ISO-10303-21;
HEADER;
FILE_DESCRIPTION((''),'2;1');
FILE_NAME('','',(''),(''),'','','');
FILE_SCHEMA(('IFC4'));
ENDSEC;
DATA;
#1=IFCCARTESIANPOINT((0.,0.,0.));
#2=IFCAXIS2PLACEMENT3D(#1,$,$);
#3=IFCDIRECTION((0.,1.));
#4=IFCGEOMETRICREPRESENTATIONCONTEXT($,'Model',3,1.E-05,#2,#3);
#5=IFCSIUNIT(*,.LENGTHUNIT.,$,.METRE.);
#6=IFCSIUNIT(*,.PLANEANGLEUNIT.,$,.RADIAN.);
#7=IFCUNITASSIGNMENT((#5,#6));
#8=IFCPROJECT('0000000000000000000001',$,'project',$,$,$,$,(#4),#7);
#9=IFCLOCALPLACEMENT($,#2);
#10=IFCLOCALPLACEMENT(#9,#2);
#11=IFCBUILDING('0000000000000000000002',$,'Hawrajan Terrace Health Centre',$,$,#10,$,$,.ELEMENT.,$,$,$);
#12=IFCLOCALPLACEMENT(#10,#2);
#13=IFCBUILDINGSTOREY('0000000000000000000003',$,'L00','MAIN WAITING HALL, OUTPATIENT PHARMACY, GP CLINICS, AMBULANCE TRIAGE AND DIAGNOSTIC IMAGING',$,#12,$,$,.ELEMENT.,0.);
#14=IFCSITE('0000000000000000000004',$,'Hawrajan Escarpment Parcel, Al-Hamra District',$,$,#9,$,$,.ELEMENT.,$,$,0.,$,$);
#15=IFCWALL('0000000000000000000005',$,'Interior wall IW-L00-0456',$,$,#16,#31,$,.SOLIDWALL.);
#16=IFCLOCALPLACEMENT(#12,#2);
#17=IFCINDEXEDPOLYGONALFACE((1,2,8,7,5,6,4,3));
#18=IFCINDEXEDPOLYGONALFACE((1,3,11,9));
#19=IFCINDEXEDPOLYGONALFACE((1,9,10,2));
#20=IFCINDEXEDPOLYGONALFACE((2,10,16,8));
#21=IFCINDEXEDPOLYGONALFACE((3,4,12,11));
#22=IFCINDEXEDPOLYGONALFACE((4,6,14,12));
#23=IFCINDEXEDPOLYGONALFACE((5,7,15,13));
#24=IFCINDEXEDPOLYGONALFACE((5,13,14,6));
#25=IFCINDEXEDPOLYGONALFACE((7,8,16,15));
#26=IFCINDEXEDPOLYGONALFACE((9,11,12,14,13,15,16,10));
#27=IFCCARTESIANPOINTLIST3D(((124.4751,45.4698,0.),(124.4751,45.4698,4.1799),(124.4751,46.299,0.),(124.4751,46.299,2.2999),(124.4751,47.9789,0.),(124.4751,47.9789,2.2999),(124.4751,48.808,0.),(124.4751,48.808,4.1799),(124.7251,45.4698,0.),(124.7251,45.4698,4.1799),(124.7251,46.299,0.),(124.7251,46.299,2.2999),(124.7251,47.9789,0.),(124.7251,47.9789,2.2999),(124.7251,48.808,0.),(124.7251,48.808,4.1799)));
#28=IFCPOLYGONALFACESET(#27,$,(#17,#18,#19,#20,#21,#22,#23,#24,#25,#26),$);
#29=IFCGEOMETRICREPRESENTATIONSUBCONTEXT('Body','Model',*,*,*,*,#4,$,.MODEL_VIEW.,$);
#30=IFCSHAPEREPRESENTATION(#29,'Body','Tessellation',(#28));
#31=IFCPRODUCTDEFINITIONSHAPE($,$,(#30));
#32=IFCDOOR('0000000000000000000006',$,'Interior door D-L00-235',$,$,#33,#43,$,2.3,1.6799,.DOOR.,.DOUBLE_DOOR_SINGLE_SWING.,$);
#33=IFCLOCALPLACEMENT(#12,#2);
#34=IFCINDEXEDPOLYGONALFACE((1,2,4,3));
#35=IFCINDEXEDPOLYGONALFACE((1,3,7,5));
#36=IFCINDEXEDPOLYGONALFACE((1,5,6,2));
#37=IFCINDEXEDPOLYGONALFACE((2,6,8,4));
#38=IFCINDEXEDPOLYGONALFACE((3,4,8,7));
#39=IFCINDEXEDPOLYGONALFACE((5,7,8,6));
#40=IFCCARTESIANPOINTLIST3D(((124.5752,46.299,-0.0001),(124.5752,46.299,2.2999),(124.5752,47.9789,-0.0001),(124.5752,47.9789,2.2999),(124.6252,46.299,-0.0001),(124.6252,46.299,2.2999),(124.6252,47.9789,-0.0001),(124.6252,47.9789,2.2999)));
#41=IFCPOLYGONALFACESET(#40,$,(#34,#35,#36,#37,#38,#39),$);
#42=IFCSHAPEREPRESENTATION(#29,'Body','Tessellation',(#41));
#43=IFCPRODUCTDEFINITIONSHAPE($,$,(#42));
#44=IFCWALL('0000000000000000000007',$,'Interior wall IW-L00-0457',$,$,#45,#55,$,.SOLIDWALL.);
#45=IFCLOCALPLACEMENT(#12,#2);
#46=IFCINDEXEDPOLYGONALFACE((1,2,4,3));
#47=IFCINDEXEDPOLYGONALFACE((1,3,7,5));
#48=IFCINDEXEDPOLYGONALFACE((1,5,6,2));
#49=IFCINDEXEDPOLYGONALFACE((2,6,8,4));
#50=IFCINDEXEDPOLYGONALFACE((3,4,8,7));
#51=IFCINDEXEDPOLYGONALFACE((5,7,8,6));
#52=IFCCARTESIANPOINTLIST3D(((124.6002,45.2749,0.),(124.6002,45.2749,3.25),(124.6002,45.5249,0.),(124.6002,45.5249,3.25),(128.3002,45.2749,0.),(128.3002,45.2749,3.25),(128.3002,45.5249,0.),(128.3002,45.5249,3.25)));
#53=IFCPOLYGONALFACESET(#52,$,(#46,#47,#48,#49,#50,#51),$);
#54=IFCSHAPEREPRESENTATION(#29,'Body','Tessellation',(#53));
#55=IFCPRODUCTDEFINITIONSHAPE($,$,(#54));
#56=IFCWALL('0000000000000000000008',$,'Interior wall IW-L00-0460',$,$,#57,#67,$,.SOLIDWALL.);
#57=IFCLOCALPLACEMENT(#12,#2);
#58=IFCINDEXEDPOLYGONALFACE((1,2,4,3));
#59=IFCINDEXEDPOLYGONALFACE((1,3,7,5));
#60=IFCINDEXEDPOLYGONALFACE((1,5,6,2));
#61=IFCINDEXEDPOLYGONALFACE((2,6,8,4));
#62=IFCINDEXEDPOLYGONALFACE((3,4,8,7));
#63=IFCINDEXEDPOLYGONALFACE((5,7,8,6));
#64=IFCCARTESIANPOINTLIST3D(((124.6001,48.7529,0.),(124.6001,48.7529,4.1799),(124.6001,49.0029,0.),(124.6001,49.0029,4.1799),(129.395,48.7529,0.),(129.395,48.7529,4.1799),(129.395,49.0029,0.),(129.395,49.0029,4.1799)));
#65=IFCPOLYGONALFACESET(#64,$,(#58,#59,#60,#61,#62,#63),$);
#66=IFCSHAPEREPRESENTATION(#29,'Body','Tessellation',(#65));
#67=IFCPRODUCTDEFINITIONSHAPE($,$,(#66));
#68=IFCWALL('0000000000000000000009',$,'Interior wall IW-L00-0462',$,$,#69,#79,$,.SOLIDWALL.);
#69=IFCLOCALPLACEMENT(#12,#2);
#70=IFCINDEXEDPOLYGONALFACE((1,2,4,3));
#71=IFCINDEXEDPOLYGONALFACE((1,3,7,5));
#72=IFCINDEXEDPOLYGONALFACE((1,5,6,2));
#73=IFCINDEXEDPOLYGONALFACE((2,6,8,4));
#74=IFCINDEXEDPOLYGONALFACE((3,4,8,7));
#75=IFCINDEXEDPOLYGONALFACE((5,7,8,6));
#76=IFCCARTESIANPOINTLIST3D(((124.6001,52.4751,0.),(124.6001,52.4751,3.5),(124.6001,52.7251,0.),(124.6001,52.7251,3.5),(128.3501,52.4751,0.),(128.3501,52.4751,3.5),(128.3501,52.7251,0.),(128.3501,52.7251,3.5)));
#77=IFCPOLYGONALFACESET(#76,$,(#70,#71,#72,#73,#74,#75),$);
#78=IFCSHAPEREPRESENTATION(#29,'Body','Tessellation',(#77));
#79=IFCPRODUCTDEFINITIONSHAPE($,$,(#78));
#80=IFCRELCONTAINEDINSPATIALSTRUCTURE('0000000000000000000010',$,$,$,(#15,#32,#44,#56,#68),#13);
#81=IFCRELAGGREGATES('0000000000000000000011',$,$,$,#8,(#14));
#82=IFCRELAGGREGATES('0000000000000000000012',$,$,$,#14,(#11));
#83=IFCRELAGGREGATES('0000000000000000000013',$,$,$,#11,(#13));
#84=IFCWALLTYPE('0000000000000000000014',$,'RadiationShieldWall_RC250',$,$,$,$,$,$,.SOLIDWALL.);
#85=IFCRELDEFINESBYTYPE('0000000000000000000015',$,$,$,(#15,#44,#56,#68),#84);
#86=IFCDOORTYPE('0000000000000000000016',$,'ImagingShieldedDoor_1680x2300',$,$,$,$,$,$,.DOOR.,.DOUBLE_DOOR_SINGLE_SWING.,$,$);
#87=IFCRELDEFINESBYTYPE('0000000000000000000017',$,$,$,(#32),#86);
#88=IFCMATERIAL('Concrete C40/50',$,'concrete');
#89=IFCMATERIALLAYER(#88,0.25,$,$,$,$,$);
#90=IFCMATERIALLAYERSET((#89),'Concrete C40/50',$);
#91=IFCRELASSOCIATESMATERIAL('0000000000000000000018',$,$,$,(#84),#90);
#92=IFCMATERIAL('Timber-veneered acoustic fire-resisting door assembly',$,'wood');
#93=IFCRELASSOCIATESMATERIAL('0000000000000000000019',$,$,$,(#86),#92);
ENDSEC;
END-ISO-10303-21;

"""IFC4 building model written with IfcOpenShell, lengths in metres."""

from ifc_helpers import new_model, si_unit, direction, frame, frame_2d, origin, place, context, subcontext, project, spatial, rectangle, extrude, material, layer, layer_set, type_object, element, fill, save


model = new_model("IFC4")

# Units and contexts
model_context = context("Model", 3, precision=1e-05, world=origin(), true_north=direction((0.0, 1.0)))
body_context = subcontext(model_context, "Body", "Model", "MODEL_VIEW")
ifc_project = project(units=[si_unit("LENGTHUNIT", "METRE"), si_unit("PLANEANGLEUNIT", "RADIAN")], contexts=[model_context])

# Site, building, storey
site_placement = place(None, origin())
site = spatial("IfcSite", under=ifc_project, at=site_placement, Name="Hawrajan Escarpment Parcel, Al-Hamra District", CompositionType="ELEMENT", RefElevation=0.0)
building_placement = place(site_placement, origin())
building = spatial("IfcBuilding", under=site, at=building_placement, Name="Hawrajan Terrace Health Centre", CompositionType="ELEMENT")
storey_placement = place(building_placement, origin())
storey = spatial("IfcBuildingStorey", under=building, at=storey_placement, Name="L00", Description="MAIN WAITING HALL, OUTPATIENT PHARMACY, GP CLINICS, AMBULANCE TRIAGE AND DIAGNOSTIC IMAGING", CompositionType="ELEMENT", Elevation=0.0)

# Shared definitions
ifc_material_1 = material(Name="Concrete C40/50", Category="concrete")

# Wall, opening, door
ifc_layer_1 = layer(ifc_material_1, 0.25)
ifc_layer_set_1 = layer_set([ifc_layer_1], Name="Concrete C40/50")
wall_type_1 = type_object("IfcWallType", Name="RadiationShieldWall_RC250", PredefinedType="SOLIDWALL", material=ifc_layer_set_1)
wall_1_placement = place(storey_placement, frame((124.6001, 45.47, 0.0), z_axis=(0.0, 0.0, 1.0), x_axis=(0.0, 1.0, 0.0)))
wall_1 = element("IfcWall", 1, at=wall_1_placement, inside=storey, type_object=wall_type_1, Name="Interior wall IW-L00-0456", PredefinedType="SOLIDWALL", context=body_context, shape_type="SweptSolid", body=[
    extrude(rectangle(XDim=3.3381, YDim=0.25, at=frame_2d((1.6689, 0.0))), origin(), (0.0, 0.0, 1.0), 4.1799),
])
opening_1_placement = place(wall_1_placement, frame((0.8291, 0.0, 0.0)))
opening_1 = element("IfcOpeningElement", 2, at=opening_1_placement, cuts=wall_1, PredefinedType="OPENING", context=body_context, shape_type="SweptSolid", body=[
    extrude(rectangle(XDim=1.6799, YDim=2.3, at=frame_2d((0.8398, 1.1499))), frame((0.0, 0.135, 0.0), z_axis=(0.0, -1.0, 0.0), x_axis=(1.0, 0.0, 0.0)), (0.0, 0.0, 1.0), 0.27),
])
ifc_material_2 = material(Name="Timber-veneered acoustic fire-resisting door assembly", Category="wood")
door_type_1 = type_object("IfcDoorType", Name="ImagingShieldedDoor_1680x2300", OperationType="DOUBLE_DOOR_SINGLE_SWING", PredefinedType="DOOR", material=ifc_material_2)
door_1_placement = place(opening_1_placement, origin())
door_1 = element("IfcDoor", 3, at=door_1_placement, inside=storey, type_object=door_type_1, Name="Interior door D-L00-235", OperationType="DOUBLE_DOOR_SINGLE_SWING", OverallHeight=2.3, OverallWidth=1.6799, PredefinedType="DOOR", context=body_context, shape_type="SweptSolid", body=[
    extrude(rectangle(XDim=1.6799, YDim=2.3, at=frame_2d((0.8398, 1.1499))), frame((0.0, 0.0249, 0.0), z_axis=(0.0, -1.0, 0.0), x_axis=(1.0, 0.0, 0.0)), (0.0, 0.0, 1.0), 0.05),
])
fill(opening_1, door_1)

# Wall
wall_2_placement = place(storey_placement, frame((124.6001, 45.3999, 0.0), z_axis=(0.0, 0.0, 1.0), x_axis=(1.0, 0.0, 0.0)))
element("IfcWall", 4, at=wall_2_placement, inside=storey, type_object=wall_type_1, Name="Interior wall IW-L00-0457", PredefinedType="SOLIDWALL", context=body_context, shape_type="SweptSolid", body=[
    extrude(rectangle(XDim=3.7, YDim=0.25, at=frame_2d((1.8501, 0.0))), origin(), (0.0, 0.0, 1.0), 3.25),
])

# Walls
wall_3_placement = place(storey_placement, frame((124.6001, 48.8779, 0.0), z_axis=(0.0, 0.0, 1.0), x_axis=(1.0, 0.0, 0.0)))
element("IfcWall", 5, at=wall_3_placement, inside=storey, type_object=wall_type_1, Name="Interior wall IW-L00-0460", PredefinedType="SOLIDWALL", context=body_context, shape_type="SweptSolid", body=[
    extrude(rectangle(XDim=4.7949, YDim=0.25, at=frame_2d((2.3975, 0.0))), origin(), (0.0, 0.0, 1.0), 4.1799),
])
wall_4_placement = place(storey_placement, frame((124.6001, 52.6001, 0.0), z_axis=(0.0, 0.0, 1.0), x_axis=(1.0, 0.0, 0.0)))
element("IfcWall", 6, at=wall_4_placement, inside=storey, type_object=wall_type_1, Name="Interior wall IW-L00-0462", PredefinedType="SOLIDWALL", context=body_context, shape_type="SweptSolid", body=[
    extrude(rectangle(XDim=3.75, YDim=0.25, at=frame_2d((1.875, 0.0))), origin(), (0.0, 0.0, 1.0), 3.5),
])

save(model, "model.ifc")
